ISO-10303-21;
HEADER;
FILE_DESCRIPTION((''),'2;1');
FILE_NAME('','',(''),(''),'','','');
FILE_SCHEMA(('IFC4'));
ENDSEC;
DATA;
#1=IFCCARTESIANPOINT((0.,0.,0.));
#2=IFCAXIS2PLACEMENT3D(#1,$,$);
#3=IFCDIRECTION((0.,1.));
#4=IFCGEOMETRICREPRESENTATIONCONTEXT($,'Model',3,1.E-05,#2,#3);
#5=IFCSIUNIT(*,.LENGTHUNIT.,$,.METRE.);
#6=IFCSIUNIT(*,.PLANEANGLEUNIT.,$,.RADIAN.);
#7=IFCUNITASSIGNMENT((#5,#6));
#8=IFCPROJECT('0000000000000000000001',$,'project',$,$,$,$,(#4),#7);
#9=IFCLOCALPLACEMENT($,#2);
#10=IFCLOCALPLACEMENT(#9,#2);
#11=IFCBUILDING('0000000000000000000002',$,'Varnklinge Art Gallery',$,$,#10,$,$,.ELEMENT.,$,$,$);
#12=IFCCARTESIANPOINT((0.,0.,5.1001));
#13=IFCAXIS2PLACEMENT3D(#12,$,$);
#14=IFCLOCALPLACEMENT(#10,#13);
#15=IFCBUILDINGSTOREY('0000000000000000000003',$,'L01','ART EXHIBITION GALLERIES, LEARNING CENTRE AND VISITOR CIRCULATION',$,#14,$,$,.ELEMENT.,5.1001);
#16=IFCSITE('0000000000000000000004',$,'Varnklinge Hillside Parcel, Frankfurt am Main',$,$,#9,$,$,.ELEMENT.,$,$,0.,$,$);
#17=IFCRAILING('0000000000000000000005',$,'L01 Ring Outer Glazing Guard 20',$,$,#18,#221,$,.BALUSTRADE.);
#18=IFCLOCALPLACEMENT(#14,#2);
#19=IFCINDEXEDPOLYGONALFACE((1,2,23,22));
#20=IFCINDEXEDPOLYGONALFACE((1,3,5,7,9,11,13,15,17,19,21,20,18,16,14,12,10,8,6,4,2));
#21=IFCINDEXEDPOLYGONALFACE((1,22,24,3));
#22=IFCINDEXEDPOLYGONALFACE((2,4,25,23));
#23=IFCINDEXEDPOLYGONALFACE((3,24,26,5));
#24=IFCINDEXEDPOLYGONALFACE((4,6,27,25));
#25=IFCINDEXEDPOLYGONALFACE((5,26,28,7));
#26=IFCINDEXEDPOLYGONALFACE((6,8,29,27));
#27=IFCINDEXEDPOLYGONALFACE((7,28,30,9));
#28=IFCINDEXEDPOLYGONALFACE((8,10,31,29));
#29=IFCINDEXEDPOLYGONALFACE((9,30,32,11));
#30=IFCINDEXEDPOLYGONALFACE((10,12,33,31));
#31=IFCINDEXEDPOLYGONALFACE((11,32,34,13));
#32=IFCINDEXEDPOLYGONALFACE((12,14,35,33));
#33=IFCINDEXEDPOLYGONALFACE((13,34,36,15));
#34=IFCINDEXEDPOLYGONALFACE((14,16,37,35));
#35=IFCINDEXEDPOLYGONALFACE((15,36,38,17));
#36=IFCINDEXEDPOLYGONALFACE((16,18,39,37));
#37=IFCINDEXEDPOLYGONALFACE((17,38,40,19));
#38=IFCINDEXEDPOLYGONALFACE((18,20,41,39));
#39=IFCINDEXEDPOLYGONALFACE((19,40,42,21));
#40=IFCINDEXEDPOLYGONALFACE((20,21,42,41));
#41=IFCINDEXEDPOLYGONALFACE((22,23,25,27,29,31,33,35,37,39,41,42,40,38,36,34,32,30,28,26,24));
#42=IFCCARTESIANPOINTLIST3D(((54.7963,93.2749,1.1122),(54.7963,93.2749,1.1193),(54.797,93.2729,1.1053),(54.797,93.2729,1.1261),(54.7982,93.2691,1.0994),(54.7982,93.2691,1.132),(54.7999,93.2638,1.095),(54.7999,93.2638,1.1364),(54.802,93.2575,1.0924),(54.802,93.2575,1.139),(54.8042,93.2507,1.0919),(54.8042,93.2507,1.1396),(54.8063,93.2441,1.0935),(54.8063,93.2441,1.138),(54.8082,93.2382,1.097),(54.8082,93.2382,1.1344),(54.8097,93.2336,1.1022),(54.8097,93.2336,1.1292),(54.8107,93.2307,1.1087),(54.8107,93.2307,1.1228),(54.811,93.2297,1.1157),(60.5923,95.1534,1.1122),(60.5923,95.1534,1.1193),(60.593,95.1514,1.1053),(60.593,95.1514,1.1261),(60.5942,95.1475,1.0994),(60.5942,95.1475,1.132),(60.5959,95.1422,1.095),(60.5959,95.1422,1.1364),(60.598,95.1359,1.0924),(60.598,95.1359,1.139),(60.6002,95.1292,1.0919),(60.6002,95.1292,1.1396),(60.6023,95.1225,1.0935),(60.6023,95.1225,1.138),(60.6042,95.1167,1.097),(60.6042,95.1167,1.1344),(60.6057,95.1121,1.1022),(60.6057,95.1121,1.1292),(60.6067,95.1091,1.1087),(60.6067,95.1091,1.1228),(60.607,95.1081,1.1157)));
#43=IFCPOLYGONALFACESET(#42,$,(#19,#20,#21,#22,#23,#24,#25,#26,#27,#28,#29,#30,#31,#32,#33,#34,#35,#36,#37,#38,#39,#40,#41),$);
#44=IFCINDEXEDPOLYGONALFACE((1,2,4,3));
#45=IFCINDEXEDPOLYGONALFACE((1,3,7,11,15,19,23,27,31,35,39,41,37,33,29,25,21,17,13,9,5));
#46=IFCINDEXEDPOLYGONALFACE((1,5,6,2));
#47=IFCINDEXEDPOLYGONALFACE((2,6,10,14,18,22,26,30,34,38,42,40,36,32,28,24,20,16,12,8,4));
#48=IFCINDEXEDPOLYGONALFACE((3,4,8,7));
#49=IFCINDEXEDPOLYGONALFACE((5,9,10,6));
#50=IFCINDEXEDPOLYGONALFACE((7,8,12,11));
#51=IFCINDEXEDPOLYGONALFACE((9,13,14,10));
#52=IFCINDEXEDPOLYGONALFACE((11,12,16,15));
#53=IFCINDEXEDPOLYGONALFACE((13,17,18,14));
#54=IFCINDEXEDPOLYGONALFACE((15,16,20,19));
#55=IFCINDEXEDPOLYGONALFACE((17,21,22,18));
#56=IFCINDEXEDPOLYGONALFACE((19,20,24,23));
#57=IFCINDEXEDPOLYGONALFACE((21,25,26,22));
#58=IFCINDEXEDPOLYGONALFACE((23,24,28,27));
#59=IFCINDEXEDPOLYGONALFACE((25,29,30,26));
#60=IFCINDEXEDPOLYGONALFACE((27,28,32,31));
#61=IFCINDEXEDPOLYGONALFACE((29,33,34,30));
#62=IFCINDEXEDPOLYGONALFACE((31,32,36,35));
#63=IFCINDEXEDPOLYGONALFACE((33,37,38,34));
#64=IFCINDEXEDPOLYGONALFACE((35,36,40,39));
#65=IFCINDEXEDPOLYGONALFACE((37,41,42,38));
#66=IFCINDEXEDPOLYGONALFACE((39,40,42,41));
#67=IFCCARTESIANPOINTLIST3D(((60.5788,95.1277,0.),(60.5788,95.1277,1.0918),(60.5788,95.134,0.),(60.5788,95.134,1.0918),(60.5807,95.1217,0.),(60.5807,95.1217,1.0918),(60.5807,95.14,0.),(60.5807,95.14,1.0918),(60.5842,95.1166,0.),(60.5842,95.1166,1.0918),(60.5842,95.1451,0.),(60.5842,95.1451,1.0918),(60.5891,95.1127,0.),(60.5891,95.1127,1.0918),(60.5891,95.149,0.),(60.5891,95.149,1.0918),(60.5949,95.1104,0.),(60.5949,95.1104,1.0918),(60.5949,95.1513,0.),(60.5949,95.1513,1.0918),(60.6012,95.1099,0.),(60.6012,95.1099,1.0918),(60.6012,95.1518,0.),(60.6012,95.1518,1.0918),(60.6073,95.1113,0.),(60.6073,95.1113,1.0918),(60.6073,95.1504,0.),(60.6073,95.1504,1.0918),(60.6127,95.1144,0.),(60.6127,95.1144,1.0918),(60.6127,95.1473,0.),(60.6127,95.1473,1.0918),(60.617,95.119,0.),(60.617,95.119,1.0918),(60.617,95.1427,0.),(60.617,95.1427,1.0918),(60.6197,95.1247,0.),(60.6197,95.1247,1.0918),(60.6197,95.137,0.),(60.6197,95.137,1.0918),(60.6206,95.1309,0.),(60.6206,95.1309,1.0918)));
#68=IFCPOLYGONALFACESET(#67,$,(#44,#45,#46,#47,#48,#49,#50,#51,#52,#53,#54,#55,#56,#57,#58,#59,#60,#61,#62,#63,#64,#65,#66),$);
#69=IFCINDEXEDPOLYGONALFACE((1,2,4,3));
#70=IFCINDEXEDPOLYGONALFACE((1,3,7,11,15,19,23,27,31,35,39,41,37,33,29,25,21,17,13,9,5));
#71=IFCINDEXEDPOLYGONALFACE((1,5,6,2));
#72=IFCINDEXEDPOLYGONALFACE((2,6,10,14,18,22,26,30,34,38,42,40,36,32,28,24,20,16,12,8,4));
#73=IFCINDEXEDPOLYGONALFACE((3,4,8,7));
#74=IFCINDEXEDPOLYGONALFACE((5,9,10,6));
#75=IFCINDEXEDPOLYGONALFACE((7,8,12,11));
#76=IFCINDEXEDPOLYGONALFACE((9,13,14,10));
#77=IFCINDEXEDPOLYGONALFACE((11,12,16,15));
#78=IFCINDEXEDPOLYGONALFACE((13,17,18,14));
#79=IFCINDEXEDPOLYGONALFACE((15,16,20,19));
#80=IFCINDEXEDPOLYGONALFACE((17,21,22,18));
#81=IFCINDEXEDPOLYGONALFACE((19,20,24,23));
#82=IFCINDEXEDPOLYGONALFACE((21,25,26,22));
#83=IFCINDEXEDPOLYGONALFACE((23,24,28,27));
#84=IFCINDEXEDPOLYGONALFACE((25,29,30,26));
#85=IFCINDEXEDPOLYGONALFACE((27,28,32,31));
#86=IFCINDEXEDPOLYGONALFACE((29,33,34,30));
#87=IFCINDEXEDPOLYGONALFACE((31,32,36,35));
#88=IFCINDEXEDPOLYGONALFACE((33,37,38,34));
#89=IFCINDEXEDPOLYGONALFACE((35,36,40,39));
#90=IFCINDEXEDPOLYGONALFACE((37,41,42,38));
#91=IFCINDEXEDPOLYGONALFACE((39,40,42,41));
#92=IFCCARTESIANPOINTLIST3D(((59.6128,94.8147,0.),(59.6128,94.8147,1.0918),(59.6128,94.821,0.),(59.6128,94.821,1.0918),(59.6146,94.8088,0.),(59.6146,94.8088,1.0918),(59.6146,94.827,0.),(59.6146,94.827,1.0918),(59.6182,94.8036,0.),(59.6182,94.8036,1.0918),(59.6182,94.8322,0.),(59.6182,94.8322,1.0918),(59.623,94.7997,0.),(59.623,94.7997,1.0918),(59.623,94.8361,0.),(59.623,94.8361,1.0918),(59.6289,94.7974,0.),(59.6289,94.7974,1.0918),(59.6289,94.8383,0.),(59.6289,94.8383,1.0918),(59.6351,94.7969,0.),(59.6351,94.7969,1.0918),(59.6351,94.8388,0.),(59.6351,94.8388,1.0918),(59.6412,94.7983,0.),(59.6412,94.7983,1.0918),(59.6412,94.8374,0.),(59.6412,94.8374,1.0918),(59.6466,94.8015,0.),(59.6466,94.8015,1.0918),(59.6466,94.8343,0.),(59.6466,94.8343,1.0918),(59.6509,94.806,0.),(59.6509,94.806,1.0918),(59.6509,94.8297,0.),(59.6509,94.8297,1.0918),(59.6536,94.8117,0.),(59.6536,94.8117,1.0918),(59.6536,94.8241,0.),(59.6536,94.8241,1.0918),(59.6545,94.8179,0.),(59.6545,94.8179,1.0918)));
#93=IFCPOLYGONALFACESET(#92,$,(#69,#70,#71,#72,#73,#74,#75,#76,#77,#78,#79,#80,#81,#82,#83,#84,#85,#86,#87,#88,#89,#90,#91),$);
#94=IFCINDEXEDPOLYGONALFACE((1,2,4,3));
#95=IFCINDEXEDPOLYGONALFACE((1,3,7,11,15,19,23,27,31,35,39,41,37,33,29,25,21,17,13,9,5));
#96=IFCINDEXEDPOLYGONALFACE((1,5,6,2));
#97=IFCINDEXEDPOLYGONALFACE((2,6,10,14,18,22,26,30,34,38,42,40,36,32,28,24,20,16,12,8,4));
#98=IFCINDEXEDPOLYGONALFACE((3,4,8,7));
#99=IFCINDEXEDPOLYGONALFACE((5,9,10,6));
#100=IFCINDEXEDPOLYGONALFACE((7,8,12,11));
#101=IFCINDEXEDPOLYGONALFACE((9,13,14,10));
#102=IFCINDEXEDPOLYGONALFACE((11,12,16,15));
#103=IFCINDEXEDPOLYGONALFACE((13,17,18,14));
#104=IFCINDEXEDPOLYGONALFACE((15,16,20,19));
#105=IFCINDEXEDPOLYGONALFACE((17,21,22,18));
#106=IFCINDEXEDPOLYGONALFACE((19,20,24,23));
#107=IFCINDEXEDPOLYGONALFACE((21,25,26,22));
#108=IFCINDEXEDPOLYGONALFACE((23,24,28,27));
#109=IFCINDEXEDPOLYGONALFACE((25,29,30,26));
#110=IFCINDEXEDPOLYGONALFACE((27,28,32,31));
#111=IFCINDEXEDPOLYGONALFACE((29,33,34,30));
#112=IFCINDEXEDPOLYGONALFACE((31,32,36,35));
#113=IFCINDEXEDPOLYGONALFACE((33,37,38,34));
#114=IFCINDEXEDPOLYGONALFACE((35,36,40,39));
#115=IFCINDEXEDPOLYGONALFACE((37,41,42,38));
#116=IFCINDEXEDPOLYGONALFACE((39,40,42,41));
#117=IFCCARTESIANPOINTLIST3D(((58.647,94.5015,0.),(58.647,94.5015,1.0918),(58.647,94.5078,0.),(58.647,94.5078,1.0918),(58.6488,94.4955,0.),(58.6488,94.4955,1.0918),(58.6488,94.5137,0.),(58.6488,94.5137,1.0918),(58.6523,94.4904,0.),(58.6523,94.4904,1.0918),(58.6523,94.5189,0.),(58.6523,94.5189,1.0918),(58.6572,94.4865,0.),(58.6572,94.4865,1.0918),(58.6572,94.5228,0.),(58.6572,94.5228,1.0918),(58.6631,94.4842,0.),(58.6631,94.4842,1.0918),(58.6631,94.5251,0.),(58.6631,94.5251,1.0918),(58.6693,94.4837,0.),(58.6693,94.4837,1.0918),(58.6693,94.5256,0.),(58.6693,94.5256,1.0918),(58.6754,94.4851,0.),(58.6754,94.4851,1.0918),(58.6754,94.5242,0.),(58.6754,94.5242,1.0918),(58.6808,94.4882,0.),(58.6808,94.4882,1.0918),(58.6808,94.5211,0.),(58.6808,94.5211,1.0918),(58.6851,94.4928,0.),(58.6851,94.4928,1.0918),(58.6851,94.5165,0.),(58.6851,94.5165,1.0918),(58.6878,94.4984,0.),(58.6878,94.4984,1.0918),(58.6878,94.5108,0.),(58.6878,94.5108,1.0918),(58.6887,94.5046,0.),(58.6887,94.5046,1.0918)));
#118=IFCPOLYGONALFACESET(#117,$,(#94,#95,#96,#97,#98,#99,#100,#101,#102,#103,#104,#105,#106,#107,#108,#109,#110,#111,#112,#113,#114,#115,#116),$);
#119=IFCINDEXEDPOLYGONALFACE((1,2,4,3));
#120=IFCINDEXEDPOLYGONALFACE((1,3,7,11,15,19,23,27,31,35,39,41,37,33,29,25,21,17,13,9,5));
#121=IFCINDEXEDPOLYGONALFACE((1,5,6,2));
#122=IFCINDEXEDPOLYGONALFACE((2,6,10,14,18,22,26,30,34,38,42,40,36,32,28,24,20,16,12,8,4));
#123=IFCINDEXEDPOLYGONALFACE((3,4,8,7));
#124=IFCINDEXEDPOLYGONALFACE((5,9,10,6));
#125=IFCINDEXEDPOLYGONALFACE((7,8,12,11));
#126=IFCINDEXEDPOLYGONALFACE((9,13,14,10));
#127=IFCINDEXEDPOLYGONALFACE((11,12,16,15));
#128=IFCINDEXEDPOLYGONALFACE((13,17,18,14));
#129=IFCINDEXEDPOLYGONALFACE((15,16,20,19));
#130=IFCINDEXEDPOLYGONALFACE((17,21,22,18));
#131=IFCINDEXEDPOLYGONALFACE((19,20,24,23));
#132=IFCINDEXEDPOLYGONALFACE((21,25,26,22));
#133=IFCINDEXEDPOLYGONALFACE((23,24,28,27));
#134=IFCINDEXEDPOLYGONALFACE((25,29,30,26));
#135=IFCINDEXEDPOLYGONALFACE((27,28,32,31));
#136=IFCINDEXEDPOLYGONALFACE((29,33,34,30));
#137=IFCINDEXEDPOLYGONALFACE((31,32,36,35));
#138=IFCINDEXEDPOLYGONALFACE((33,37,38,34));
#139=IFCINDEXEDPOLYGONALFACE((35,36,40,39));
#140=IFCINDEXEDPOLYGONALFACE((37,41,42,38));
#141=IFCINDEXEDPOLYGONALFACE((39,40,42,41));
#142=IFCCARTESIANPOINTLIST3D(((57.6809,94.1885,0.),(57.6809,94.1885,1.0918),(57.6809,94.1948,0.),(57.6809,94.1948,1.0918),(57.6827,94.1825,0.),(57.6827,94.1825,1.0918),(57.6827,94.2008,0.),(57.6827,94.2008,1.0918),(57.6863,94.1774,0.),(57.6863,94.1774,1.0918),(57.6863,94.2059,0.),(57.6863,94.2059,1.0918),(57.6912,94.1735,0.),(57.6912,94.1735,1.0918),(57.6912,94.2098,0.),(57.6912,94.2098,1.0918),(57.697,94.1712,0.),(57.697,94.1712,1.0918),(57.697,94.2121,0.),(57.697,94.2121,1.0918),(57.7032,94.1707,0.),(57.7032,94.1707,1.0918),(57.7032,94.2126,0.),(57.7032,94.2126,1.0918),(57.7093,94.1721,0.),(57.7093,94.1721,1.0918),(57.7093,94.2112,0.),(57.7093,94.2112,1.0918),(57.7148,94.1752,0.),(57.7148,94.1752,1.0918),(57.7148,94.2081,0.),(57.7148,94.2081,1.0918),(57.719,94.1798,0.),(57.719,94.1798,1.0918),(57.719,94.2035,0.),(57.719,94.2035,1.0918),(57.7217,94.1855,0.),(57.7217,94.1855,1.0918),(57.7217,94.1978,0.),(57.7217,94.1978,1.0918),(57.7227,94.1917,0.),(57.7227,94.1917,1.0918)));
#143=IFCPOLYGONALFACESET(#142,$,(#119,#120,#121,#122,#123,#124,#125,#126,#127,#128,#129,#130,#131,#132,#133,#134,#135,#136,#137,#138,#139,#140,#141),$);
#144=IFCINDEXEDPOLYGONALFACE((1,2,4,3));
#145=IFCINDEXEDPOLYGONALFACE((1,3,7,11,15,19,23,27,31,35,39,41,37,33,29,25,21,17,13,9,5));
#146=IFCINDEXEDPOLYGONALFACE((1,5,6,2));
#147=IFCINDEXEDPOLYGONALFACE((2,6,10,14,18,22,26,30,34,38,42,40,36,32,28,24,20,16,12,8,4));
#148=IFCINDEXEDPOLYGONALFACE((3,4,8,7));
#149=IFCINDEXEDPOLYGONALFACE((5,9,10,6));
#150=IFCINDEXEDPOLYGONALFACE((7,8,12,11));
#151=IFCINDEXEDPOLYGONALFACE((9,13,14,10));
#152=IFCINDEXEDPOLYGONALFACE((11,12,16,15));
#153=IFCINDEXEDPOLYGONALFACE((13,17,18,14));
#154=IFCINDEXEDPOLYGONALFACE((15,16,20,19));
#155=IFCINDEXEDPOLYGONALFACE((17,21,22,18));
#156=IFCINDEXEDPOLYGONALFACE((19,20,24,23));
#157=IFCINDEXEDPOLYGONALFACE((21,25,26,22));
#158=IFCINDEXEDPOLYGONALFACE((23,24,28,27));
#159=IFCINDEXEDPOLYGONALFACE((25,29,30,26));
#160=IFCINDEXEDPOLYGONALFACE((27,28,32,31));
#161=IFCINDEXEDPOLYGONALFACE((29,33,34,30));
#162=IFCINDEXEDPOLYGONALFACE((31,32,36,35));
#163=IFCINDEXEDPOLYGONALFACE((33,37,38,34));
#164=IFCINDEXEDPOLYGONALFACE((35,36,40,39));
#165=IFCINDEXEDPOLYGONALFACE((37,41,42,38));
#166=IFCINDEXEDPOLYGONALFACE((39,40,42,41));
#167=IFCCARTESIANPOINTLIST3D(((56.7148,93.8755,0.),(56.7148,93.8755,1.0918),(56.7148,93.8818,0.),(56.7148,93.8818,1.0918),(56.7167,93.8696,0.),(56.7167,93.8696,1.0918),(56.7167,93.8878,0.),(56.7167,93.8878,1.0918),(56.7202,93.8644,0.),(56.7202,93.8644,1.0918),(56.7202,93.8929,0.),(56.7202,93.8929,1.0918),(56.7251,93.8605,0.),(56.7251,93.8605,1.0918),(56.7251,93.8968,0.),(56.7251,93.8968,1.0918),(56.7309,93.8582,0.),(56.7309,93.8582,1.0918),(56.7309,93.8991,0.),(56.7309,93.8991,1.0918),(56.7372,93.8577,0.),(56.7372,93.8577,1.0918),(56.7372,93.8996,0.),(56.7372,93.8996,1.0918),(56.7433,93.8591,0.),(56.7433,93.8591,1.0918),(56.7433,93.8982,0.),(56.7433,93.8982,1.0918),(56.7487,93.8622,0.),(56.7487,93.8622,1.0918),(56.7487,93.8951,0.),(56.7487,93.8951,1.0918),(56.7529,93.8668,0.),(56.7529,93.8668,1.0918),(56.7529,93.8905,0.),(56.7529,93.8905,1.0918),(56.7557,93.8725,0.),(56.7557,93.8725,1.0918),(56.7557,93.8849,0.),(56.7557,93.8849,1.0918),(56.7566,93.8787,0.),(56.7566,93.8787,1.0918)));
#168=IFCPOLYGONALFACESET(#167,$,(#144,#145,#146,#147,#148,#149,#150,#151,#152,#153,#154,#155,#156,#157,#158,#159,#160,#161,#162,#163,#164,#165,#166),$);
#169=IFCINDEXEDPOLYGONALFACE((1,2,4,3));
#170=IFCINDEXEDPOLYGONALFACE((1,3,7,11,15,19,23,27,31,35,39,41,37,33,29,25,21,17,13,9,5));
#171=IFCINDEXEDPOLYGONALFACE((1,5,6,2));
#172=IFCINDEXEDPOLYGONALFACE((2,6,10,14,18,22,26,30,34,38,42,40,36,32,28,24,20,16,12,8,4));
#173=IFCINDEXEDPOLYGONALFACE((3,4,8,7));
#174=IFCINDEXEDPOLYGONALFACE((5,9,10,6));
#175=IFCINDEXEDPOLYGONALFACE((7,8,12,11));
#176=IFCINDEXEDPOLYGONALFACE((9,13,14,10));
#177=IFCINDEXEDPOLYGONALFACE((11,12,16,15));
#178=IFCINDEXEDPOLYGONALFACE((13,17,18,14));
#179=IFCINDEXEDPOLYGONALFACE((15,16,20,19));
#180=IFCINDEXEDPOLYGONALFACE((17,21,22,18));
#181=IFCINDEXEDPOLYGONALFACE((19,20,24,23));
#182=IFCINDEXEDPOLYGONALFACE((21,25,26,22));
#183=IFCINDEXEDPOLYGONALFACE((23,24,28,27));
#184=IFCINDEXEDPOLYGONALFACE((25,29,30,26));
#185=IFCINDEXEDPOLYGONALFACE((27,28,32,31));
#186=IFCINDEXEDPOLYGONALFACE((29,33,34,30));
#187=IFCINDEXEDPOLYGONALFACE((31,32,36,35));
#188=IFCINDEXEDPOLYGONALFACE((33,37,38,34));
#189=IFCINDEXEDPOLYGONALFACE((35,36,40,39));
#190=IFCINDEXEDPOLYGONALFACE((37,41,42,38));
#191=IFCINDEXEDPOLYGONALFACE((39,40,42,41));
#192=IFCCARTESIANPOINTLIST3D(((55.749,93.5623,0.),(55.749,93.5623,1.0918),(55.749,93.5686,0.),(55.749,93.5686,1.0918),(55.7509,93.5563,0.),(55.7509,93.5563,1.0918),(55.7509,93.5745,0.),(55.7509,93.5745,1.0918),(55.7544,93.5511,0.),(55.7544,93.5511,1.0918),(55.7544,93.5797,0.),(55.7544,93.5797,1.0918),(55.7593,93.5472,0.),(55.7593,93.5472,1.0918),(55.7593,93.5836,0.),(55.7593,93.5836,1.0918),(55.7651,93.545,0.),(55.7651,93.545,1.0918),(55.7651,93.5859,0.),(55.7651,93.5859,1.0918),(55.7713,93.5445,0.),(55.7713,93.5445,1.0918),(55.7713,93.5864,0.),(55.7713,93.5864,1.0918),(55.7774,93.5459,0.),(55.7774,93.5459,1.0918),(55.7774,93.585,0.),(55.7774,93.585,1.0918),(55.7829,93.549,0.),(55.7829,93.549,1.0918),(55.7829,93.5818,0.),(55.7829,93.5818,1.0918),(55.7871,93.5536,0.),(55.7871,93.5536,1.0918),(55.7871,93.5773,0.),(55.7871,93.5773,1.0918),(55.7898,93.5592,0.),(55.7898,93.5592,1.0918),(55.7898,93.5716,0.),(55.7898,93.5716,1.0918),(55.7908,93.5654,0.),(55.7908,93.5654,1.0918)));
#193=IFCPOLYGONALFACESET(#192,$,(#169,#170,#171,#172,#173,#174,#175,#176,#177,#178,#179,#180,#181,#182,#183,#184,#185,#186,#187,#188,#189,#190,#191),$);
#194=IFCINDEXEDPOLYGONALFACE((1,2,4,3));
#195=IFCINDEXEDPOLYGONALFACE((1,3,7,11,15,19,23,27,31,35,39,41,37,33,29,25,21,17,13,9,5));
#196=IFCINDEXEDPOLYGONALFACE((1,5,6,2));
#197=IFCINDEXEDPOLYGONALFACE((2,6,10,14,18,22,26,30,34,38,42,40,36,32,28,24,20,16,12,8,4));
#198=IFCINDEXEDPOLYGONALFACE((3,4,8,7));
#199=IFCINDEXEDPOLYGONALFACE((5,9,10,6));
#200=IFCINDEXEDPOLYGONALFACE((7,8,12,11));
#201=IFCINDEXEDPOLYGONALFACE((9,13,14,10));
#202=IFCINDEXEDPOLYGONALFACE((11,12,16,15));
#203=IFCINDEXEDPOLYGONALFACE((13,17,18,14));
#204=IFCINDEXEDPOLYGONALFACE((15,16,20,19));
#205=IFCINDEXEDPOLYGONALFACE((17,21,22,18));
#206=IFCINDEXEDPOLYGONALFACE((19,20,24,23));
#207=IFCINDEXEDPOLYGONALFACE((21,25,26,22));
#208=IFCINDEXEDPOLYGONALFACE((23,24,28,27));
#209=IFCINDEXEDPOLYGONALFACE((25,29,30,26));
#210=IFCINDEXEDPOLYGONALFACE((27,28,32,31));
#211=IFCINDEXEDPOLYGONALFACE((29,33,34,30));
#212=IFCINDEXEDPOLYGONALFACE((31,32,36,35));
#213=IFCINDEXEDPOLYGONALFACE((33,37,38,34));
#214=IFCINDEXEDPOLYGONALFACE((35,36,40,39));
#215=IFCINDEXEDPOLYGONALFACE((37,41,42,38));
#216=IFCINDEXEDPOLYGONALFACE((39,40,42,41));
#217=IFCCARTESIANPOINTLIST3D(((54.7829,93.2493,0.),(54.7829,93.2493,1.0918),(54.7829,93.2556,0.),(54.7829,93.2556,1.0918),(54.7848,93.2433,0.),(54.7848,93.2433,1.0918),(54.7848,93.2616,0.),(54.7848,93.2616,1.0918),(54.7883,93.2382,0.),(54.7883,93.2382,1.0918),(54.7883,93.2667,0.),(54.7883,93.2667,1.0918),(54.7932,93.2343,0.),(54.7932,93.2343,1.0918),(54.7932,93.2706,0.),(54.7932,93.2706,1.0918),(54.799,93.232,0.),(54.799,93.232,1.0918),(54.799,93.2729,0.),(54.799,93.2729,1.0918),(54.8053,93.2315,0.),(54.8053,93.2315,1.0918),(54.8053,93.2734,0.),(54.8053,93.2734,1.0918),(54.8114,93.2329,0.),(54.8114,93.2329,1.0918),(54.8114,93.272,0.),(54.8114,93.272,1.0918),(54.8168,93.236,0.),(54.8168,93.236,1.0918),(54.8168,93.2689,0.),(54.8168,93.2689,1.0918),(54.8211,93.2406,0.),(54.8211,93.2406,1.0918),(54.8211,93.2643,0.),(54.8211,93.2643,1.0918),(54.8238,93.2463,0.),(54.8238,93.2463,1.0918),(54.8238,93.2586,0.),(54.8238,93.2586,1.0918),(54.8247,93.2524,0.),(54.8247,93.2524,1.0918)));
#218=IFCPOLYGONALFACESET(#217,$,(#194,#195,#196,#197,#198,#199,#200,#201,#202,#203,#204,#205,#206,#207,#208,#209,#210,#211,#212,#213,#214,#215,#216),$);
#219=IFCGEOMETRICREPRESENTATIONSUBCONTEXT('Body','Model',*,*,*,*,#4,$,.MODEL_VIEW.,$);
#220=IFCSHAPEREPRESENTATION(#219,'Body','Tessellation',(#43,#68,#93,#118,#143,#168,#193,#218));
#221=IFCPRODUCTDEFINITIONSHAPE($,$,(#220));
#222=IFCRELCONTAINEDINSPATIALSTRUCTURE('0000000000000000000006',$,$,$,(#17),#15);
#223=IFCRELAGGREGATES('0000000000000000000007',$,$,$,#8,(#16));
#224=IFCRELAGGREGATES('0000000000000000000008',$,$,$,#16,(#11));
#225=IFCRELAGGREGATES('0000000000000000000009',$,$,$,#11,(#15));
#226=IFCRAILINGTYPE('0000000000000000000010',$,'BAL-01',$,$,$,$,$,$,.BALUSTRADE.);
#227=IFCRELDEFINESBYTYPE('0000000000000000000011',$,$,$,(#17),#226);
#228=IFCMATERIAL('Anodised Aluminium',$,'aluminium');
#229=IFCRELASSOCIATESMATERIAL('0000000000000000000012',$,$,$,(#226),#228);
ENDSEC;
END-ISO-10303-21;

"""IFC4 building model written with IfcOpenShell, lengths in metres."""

from ifc_helpers import new_model, si_unit, direction, frame, origin, origin_2d, place, context, subcontext, project, spatial, circle, extrude, material, type_object, element, save


model = new_model("IFC4")

# Units and contexts
model_context = context("Model", 3, precision=1e-05, world=origin(), true_north=direction((0.0, 1.0)))
body_context = subcontext(model_context, "Body", "Model", "MODEL_VIEW")
ifc_project = project(units=[si_unit("LENGTHUNIT", "METRE"), si_unit("PLANEANGLEUNIT", "RADIAN")], contexts=[model_context])

# Site, building, storey
site_placement = place(None, origin())
site = spatial("IfcSite", under=ifc_project, at=site_placement, Name="Varnklinge Hillside Parcel, Frankfurt am Main", CompositionType="ELEMENT", RefElevation=0.0)
building_placement = place(site_placement, origin())
building = spatial("IfcBuilding", under=site, at=building_placement, Name="Varnklinge Art Gallery", CompositionType="ELEMENT")
storey_placement = place(building_placement, frame((0.0, 0.0, 5.1001)))
storey = spatial("IfcBuildingStorey", under=building, at=storey_placement, Name="L01", Description="ART EXHIBITION GALLERIES, LEARNING CENTRE AND VISITOR CIRCULATION", CompositionType="ELEMENT", Elevation=5.1001)

# Railing
ifc_material_1 = material(Name="Anodised Aluminium", Category="aluminium")
railing_type = type_object("IfcRailingType", Name="BAL-01", PredefinedType="BALUSTRADE", material=ifc_material_1)
railing_placement = place(storey_placement, frame((60.5996, 95.1309, 0.0)))
element("IfcRailing", 1, at=railing_placement, inside=storey, type_object=railing_type, Name="L01 Ring Outer Glazing Guard 20", PredefinedType="BALUSTRADE", context=body_context, shape_type="SweptSolid", body=[
    extrude(circle(Radius=0.0239, at=origin_2d()), frame((0.0, 0.0, 1.1157), z_axis=(-0.951287, -0.308307, 0.0), x_axis=(0.308307, -0.951287, 0.0)), (0.0, 0.0, 1.0), 6.0928),
    extrude(circle(Radius=0.021, at=origin_2d()), origin(), (0.0, 0.0, 1.0), 1.0918),
    extrude(circle(Radius=0.021, at=origin_2d()), frame((-0.9661, -0.313, 0.0)), (0.0, 0.0, 1.0), 1.0918),
    extrude(circle(Radius=0.021, at=origin_2d()), frame((-1.9319, -0.6262, 0.0)), (0.0, 0.0, 1.0), 1.0918),
    extrude(circle(Radius=0.021, at=origin_2d()), frame((-2.8979, -0.9392, 0.0)), (0.0, 0.0, 1.0), 1.0918),
    extrude(circle(Radius=0.021, at=origin_2d()), frame((-3.864, -1.2522, 0.0)), (0.0, 0.0, 1.0), 1.0918),
    extrude(circle(Radius=0.021, at=origin_2d()), frame((-4.8298, -1.5654, 0.0)), (0.0, 0.0, 1.0), 1.0918),
    extrude(circle(Radius=0.021, at=origin_2d()), frame((-5.7959, -1.8784, 0.0)), (0.0, 0.0, 1.0), 1.0918),
])

save(model, "model.ifc")
